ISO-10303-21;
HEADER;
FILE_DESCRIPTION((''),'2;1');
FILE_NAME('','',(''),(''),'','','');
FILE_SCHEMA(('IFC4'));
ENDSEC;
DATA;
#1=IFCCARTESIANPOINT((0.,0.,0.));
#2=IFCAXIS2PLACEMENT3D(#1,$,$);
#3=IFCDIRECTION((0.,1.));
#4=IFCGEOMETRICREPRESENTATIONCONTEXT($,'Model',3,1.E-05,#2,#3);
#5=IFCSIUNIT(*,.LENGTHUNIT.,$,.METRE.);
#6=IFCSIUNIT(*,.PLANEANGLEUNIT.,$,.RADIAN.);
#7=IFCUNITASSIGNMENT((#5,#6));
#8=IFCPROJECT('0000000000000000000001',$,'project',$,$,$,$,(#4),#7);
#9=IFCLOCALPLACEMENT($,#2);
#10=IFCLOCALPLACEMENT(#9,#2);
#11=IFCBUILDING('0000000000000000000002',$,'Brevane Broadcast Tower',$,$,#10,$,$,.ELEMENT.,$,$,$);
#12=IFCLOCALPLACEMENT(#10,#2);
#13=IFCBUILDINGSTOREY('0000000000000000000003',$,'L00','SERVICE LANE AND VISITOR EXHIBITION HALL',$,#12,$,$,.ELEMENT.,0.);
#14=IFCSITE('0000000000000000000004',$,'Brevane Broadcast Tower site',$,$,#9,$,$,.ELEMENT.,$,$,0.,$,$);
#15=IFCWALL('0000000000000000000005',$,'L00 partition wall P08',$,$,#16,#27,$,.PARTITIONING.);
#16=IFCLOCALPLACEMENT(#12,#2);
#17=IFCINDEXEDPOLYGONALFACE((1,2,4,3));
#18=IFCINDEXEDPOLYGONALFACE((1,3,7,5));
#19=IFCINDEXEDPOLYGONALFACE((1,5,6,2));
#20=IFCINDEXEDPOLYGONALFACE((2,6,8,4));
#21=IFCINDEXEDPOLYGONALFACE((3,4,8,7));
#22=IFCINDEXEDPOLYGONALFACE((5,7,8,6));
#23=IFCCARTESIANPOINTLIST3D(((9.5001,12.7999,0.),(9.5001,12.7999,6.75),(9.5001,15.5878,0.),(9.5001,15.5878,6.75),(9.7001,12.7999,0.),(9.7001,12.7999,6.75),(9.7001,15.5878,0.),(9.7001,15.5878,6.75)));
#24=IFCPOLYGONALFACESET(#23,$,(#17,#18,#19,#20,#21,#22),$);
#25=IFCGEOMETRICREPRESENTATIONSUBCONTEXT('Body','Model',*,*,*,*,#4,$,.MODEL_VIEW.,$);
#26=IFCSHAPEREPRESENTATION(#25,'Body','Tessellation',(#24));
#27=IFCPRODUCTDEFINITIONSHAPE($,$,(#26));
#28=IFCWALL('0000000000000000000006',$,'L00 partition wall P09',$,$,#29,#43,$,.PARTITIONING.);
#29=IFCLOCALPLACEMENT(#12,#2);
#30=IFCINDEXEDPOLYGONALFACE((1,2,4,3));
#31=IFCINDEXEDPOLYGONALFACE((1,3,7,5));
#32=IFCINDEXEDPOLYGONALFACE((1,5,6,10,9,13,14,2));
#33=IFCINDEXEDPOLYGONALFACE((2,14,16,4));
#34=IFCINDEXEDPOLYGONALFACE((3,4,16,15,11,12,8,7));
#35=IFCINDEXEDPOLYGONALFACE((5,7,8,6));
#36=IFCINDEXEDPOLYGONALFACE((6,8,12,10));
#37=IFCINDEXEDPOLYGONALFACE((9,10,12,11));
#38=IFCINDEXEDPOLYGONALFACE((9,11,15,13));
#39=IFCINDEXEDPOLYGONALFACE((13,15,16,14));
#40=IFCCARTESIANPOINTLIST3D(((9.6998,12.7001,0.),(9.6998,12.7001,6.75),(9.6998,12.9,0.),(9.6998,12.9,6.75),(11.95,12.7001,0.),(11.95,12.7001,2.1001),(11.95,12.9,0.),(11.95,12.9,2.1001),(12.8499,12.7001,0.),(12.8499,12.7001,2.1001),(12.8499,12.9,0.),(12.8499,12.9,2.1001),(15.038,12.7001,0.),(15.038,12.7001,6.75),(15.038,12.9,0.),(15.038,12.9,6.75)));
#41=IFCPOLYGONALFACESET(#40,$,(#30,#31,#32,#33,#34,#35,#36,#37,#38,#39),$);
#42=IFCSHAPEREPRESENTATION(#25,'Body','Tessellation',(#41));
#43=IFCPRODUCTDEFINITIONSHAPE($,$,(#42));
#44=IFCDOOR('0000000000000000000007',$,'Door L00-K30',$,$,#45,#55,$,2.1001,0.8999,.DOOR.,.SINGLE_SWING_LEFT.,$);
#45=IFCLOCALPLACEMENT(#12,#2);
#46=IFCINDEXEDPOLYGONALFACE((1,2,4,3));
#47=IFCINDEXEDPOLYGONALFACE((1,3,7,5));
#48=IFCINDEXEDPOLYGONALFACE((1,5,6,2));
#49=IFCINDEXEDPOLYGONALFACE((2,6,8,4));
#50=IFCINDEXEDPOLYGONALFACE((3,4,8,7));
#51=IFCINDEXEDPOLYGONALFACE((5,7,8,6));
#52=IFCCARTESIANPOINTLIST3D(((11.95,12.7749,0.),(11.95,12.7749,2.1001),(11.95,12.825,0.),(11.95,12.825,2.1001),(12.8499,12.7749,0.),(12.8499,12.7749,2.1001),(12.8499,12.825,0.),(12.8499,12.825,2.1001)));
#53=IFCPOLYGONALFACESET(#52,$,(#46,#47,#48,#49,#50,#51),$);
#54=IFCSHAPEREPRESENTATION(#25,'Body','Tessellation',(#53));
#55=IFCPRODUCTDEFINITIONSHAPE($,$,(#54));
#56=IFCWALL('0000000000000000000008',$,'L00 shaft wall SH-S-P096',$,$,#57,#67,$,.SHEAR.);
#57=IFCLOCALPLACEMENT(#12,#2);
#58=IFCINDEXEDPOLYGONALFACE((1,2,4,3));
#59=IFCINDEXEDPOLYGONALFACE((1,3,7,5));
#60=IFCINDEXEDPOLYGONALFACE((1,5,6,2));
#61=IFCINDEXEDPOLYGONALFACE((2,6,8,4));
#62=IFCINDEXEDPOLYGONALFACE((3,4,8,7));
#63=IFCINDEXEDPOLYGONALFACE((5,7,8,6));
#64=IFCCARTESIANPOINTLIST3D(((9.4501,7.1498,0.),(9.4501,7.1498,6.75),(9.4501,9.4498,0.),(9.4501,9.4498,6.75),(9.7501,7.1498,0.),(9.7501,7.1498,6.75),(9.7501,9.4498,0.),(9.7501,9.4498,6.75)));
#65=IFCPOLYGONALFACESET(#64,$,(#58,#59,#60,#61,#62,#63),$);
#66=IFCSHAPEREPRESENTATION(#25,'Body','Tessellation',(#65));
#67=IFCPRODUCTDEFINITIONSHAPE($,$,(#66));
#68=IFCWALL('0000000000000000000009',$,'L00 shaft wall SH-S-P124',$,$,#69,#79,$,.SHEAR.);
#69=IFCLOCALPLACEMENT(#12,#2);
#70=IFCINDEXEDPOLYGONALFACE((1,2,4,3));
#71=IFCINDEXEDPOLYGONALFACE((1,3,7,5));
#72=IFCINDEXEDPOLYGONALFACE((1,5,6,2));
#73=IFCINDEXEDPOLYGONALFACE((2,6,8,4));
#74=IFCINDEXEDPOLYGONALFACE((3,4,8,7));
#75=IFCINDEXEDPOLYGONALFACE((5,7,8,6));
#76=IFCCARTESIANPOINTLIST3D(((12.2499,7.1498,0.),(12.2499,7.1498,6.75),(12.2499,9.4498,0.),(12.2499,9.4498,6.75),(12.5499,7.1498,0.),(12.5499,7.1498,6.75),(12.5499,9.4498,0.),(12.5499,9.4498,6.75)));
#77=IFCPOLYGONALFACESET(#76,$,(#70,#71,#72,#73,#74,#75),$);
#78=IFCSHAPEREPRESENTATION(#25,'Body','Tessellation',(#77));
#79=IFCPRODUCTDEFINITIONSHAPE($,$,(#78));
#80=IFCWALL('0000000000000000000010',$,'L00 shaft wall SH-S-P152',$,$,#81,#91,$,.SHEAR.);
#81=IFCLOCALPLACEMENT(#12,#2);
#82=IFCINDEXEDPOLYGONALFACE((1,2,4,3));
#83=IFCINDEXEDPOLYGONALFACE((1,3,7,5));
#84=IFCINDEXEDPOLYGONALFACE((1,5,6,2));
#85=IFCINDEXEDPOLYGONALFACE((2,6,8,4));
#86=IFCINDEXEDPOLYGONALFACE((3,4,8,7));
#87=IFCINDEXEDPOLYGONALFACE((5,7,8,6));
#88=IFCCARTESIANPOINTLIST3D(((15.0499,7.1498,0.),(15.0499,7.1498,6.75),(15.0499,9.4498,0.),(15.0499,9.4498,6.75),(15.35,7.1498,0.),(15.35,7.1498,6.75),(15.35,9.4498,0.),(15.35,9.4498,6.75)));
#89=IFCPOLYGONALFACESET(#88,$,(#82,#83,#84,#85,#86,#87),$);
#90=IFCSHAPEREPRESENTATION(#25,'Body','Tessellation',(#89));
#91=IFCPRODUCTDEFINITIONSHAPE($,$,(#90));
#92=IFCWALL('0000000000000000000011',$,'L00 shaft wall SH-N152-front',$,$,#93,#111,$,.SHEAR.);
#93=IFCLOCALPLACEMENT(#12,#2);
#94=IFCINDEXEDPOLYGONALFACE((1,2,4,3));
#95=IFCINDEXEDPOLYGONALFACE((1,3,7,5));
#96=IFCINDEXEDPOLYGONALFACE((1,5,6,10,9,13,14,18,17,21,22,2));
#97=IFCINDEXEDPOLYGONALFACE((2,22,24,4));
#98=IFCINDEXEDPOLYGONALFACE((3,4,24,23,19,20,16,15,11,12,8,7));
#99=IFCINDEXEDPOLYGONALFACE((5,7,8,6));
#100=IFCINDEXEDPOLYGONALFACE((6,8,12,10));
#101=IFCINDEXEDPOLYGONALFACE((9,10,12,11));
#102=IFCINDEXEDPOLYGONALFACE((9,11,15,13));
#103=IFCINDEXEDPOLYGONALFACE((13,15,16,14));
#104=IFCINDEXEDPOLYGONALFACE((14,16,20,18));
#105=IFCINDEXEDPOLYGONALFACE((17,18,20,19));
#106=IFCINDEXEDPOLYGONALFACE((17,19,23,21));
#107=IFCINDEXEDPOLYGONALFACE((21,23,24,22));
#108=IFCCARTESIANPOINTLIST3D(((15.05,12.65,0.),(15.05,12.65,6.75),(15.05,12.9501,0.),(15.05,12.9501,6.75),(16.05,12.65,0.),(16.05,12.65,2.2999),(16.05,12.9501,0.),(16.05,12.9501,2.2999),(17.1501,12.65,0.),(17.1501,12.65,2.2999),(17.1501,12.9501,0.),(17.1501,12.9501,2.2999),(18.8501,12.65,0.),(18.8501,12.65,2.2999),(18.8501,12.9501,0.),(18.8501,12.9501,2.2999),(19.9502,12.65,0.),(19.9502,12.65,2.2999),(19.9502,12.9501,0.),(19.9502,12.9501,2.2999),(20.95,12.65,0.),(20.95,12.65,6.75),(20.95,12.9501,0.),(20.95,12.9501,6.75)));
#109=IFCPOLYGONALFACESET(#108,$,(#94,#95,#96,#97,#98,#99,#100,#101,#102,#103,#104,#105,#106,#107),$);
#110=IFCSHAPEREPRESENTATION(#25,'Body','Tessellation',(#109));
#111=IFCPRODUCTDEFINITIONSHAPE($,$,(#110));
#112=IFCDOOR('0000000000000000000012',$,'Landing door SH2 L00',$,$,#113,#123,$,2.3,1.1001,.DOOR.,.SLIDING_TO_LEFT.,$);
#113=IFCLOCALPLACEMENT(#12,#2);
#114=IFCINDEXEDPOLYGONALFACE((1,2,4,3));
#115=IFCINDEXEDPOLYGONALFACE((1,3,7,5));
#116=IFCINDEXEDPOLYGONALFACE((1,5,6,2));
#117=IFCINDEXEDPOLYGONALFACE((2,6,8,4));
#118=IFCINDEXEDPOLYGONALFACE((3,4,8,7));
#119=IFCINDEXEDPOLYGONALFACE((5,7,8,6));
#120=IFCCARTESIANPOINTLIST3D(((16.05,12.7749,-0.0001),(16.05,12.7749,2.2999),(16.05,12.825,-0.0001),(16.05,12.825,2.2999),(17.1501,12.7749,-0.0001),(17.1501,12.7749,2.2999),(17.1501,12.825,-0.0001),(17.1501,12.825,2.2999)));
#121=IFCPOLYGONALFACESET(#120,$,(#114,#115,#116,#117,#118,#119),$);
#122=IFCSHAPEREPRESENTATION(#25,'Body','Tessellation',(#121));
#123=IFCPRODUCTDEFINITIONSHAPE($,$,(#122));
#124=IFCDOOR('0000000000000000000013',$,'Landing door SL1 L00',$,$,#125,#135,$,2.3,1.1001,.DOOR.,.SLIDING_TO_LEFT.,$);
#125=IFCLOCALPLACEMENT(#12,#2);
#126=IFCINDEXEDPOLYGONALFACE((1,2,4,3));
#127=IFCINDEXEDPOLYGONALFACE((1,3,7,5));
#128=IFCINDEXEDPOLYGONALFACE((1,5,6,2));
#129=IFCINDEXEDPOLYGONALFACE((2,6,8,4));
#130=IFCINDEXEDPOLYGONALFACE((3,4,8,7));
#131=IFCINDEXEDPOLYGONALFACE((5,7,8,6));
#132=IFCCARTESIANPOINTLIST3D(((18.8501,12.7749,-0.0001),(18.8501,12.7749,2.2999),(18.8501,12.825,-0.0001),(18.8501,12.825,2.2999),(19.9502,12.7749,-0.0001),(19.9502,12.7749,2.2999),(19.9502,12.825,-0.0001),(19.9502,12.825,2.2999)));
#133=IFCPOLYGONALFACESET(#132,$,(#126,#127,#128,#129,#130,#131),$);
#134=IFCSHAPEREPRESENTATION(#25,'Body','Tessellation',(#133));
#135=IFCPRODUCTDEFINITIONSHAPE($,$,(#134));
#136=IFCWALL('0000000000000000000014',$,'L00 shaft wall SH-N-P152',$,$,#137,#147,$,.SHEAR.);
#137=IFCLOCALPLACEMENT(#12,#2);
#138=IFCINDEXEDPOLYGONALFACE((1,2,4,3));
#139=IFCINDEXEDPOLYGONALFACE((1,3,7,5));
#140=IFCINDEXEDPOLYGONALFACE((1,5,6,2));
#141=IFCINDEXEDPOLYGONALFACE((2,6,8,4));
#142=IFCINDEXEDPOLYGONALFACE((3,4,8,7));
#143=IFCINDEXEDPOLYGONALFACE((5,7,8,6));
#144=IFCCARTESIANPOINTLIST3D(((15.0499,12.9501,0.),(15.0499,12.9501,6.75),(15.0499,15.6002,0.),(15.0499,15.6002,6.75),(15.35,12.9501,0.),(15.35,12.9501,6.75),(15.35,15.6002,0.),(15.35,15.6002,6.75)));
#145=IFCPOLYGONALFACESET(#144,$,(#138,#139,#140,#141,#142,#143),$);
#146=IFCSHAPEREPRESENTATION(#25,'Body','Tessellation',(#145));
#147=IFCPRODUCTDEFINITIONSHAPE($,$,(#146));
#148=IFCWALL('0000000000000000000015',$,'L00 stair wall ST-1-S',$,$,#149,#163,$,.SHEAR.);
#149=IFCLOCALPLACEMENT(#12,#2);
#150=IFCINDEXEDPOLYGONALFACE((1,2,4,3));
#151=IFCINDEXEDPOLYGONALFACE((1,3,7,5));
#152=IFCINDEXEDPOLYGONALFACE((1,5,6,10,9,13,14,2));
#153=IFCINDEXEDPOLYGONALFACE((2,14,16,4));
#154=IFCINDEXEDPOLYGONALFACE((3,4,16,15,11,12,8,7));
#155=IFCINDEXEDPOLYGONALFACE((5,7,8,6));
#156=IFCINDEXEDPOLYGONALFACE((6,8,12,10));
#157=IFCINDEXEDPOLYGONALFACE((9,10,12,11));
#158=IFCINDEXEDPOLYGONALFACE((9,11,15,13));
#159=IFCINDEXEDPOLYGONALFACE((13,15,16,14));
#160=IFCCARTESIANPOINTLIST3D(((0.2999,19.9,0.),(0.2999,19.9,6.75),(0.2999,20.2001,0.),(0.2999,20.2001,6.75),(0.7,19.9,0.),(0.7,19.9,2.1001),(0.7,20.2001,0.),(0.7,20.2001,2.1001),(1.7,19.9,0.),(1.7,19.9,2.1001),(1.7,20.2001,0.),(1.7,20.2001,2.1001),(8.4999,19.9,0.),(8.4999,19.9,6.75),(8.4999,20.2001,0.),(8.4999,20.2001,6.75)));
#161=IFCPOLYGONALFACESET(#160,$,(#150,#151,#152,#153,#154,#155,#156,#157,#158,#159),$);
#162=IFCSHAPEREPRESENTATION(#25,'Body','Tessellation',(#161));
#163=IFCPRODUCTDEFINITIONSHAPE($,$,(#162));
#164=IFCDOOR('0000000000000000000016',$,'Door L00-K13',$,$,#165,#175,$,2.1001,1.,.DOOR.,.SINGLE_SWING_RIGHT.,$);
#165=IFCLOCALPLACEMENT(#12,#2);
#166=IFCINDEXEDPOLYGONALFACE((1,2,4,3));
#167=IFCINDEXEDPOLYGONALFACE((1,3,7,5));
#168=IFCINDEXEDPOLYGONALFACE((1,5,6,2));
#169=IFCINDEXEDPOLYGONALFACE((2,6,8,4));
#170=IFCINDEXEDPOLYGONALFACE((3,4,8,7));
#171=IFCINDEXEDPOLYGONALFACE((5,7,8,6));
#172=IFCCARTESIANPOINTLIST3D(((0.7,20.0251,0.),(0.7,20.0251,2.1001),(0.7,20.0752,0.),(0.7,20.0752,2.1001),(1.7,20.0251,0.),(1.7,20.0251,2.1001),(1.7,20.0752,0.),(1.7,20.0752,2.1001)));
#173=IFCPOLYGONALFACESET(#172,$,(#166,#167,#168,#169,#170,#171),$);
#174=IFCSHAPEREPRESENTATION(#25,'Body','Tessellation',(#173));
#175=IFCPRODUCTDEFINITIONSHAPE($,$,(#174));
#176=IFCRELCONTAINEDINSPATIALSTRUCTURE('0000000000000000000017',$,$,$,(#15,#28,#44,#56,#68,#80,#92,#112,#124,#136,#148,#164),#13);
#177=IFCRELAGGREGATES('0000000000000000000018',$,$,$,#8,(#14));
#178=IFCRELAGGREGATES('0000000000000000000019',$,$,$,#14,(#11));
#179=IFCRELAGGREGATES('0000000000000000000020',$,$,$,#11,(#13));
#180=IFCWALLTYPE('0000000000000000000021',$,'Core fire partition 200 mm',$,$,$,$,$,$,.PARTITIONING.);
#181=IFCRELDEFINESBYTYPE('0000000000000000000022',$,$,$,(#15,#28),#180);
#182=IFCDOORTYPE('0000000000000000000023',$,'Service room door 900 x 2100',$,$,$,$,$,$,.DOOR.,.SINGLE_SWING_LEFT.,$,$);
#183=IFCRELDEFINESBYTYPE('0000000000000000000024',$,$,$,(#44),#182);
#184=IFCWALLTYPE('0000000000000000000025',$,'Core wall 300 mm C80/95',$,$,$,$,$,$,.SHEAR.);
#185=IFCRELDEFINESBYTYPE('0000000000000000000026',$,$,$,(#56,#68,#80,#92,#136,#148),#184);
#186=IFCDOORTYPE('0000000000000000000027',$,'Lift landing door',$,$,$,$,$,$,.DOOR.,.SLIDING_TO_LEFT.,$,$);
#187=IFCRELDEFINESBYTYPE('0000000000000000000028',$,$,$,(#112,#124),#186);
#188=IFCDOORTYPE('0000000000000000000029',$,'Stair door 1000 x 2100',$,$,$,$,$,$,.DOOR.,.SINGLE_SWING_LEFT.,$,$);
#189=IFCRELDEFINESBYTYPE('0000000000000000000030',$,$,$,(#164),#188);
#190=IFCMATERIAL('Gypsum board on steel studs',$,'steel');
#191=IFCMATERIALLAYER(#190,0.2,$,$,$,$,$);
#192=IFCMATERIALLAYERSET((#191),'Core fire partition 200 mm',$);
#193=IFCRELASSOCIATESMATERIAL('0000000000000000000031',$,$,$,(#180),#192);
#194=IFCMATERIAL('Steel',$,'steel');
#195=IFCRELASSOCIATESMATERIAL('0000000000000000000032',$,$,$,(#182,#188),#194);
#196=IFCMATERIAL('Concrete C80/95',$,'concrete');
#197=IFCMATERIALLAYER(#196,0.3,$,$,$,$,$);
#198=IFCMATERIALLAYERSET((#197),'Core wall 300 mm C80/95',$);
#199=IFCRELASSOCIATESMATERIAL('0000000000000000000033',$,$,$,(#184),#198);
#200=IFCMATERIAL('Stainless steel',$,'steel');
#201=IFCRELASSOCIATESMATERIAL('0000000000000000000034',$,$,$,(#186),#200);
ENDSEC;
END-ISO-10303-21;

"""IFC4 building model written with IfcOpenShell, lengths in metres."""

from ifc_helpers import new_model, si_unit, direction, frame, frame_2d, origin, place, context, subcontext, project, spatial, rectangle, extrude, material, layer, layer_set, type_object, element, fill, save


model = new_model("IFC4")

# Units and contexts
model_context = context("Model", 3, precision=1e-05, world=origin(), true_north=direction((0.0, 1.0)))
body_context = subcontext(model_context, "Body", "Model", "MODEL_VIEW")
ifc_project = project(units=[si_unit("LENGTHUNIT", "METRE"), si_unit("PLANEANGLEUNIT", "RADIAN")], contexts=[model_context])

# Site, building, storey
site_placement = place(None, origin())
site = spatial("IfcSite", under=ifc_project, at=site_placement, Name="Brevane Broadcast Tower site", CompositionType="ELEMENT", RefElevation=0.0)
building_placement = place(site_placement, origin())
building = spatial("IfcBuilding", under=site, at=building_placement, Name="Brevane Broadcast Tower", CompositionType="ELEMENT")
storey_placement = place(building_placement, origin())
storey = spatial("IfcBuildingStorey", under=building, at=storey_placement, Name="L00", Description="SERVICE LANE AND VISITOR EXHIBITION HALL", CompositionType="ELEMENT", Elevation=0.0)

# Wall
ifc_material_1 = material(Name="Gypsum board on steel studs", Category="steel")
ifc_layer_1 = layer(ifc_material_1, 0.2)
ifc_layer_set_1 = layer_set([ifc_layer_1], Name="Core fire partition 200 mm")
wall_type_1 = type_object("IfcWallType", Name="Core fire partition 200 mm", PredefinedType="PARTITIONING", material=ifc_layer_set_1)
wall_1_placement = place(storey_placement, frame((9.6001, 15.5879, 0.0), z_axis=(0.0, 0.0, 1.0), x_axis=(0.0, -1.0, 0.0)))
element("IfcWall", 1, at=wall_1_placement, inside=storey, type_object=wall_type_1, Name="L00 partition wall P08", PredefinedType="PARTITIONING", context=body_context, shape_type="SweptSolid", body=[
    extrude(rectangle(XDim=2.7878, YDim=0.2, at=frame_2d((1.394, 0.0))), origin(), (0.0, 0.0, 1.0), 6.75),
])

# Wall, opening, door
wall_2_placement = place(storey_placement, frame((9.7, 12.8, 0.0), z_axis=(0.0, 0.0, 1.0), x_axis=(1.0, 0.0, 0.0)))
wall_2 = element("IfcWall", 2, at=wall_2_placement, inside=storey, type_object=wall_type_1, Name="L00 partition wall P09", PredefinedType="PARTITIONING", context=body_context, shape_type="SweptSolid", body=[
    extrude(rectangle(XDim=5.3381, YDim=0.2, at=frame_2d((2.6689, 0.0))), origin(), (0.0, 0.0, 1.0), 6.75),
])
opening_1_placement = place(wall_2_placement, frame((2.25, 0.0, 0.0)))
opening_1 = element("IfcOpeningElement", 3, at=opening_1_placement, cuts=wall_2, PredefinedType="OPENING", context=body_context, shape_type="SweptSolid", body=[
    extrude(rectangle(XDim=0.8999, YDim=2.1001, at=frame_2d((0.45, 1.05))), frame((0.0, 0.1099, 0.0), z_axis=(0.0, -1.0, 0.0), x_axis=(1.0, 0.0, 0.0)), (0.0, 0.0, 1.0), 0.22),
])
ifc_material_2 = material(Name="Steel", Category="steel")
door_type_1 = type_object("IfcDoorType", Name="Service room door 900 x 2100", OperationType="SINGLE_SWING_LEFT", PredefinedType="DOOR", material=ifc_material_2)
door_1_placement = place(opening_1_placement, origin())
door_1 = element("IfcDoor", 4, at=door_1_placement, inside=storey, type_object=door_type_1, Name="Door L00-K30", OperationType="SINGLE_SWING_LEFT", OverallHeight=2.1001, OverallWidth=0.8999, PredefinedType="DOOR", context=body_context, shape_type="SweptSolid", body=[
    extrude(rectangle(XDim=0.8999, YDim=2.1001, at=frame_2d((0.45, 1.05))), frame((0.0, 0.0249, 0.0), z_axis=(0.0, -1.0, 0.0), x_axis=(1.0, 0.0, 0.0)), (0.0, 0.0, 1.0), 0.05),
])
fill(opening_1, door_1)

# Walls
ifc_material_3 = material(Name="Concrete C80/95", Category="concrete")
ifc_layer_2 = layer(ifc_material_3, 0.3)
ifc_layer_set_2 = layer_set([ifc_layer_2], Name="Core wall 300 mm C80/95")
wall_type_2 = type_object("IfcWallType", Name="Core wall 300 mm C80/95", PredefinedType="SHEAR", material=ifc_layer_set_2)
for number, where, z_axis, x_axis, name in (
    (5, (9.6001, 7.1499, 0.0), (0.0, 0.0, 1.0), (0.0, 1.0, 0.0), "L00 shaft wall SH-S-P096"),
    (6, (12.3999, 7.1499, 0.0), (0.0, 0.0, 1.0), (0.0, 1.0, 0.0), "L00 shaft wall SH-S-P124"),
    (7, (15.2, 7.1499, 0.0), (0.0, 0.0, 1.0), (0.0, 1.0, 0.0), "L00 shaft wall SH-S-P152"),
):
    element("IfcWall", number, at=place(storey_placement, frame(where, z_axis=z_axis, x_axis=x_axis)), inside=storey, type_object=wall_type_2, Name=name, PredefinedType="SHEAR", context=body_context, shape_type="SweptSolid", body=[
        extrude(rectangle(XDim=2.3, YDim=0.3, at=frame_2d((1.1499, 0.0))), origin(), (0.0, 0.0, 1.0), 6.75),
    ])

# Wall, openings, doors
wall_3_placement = place(storey_placement, frame((15.05, 12.8, 0.0), z_axis=(0.0, 0.0, 1.0), x_axis=(1.0, 0.0, 0.0)))
wall_3 = element("IfcWall", 8, at=wall_3_placement, inside=storey, type_object=wall_type_2, Name="L00 shaft wall SH-N152-front", PredefinedType="SHEAR", context=body_context, shape_type="SweptSolid", body=[
    extrude(rectangle(XDim=5.8999, YDim=0.3, at=frame_2d((2.95, 0.0))), origin(), (0.0, 0.0, 1.0), 6.75),
])
opening_2_placement = place(wall_3_placement, frame((1.0, 0.0, 0.0)))
opening_2 = element("IfcOpeningElement", 9, at=opening_2_placement, cuts=wall_3, PredefinedType="OPENING", context=body_context, shape_type="SweptSolid", body=[
    extrude(rectangle(XDim=1.1001, YDim=2.3, at=frame_2d((0.55, 1.1499))), frame((0.0, 0.1599, 0.0), z_axis=(0.0, -1.0, 0.0), x_axis=(1.0, 0.0, 0.0)), (0.0, 0.0, 1.0), 0.3201),
])
opening_3_placement = place(wall_3_placement, frame((3.8, 0.0, 0.0)))
opening_3 = element("IfcOpeningElement", 10, at=opening_3_placement, cuts=wall_3, PredefinedType="OPENING", context=body_context, shape_type="SweptSolid", body=[
    extrude(rectangle(XDim=1.1001, YDim=2.3, at=frame_2d((0.55, 1.1499))), frame((0.0, 0.1599, 0.0), z_axis=(0.0, -1.0, 0.0), x_axis=(1.0, 0.0, 0.0)), (0.0, 0.0, 1.0), 0.3201),
])
ifc_material_4 = material(Name="Stainless steel", Category="steel")
door_type_2 = type_object("IfcDoorType", Name="Lift landing door", OperationType="SLIDING_TO_LEFT", PredefinedType="DOOR", material=ifc_material_4)
door_2_placement = place(opening_2_placement, origin())
door_2 = element("IfcDoor", 11, at=door_2_placement, inside=storey, type_object=door_type_2, Name="Landing door SH2 L00", OperationType="SLIDING_TO_LEFT", OverallHeight=2.3, OverallWidth=1.1001, PredefinedType="DOOR", context=body_context, shape_type="SweptSolid", body=[
    extrude(rectangle(XDim=1.1001, YDim=2.3, at=frame_2d((0.55, 1.1499))), frame((0.0, 0.0249, 0.0), z_axis=(0.0, -1.0, 0.0), x_axis=(1.0, 0.0, 0.0)), (0.0, 0.0, 1.0), 0.05),
])
fill(opening_2, door_2)
door_3_placement = place(opening_3_placement, origin())
door_3 = element("IfcDoor", 12, at=door_3_placement, inside=storey, type_object=door_type_2, Name="Landing door SL1 L00", OperationType="SLIDING_TO_LEFT", OverallHeight=2.3, OverallWidth=1.1001, PredefinedType="DOOR", context=body_context, shape_type="SweptSolid", body=[
    extrude(rectangle(XDim=1.1001, YDim=2.3, at=frame_2d((0.55, 1.1499))), frame((0.0, 0.0249, 0.0), z_axis=(0.0, -1.0, 0.0), x_axis=(1.0, 0.0, 0.0)), (0.0, 0.0, 1.0), 0.05),
])
fill(opening_3, door_3)

# Wall
wall_4_placement = place(storey_placement, frame((15.2, 12.95, 0.0), z_axis=(0.0, 0.0, 1.0), x_axis=(0.0, 1.0, 0.0)))
element("IfcWall", 13, at=wall_4_placement, inside=storey, type_object=wall_type_2, Name="L00 shaft wall SH-N-P152", PredefinedType="SHEAR", context=body_context, shape_type="SweptSolid", body=[
    extrude(rectangle(XDim=2.6501, YDim=0.3, at=frame_2d((1.3252, 0.0))), origin(), (0.0, 0.0, 1.0), 6.75),
])

# Wall, opening, door
wall_5_placement = place(storey_placement, frame((8.5, 20.05, 0.0), z_axis=(0.0, 0.0, 1.0), x_axis=(-1.0, 0.0, 0.0)))
wall_5 = element("IfcWall", 14, at=wall_5_placement, inside=storey, type_object=wall_type_2, Name="L00 stair wall ST-1-S", PredefinedType="SHEAR", context=body_context, shape_type="SweptSolid", body=[
    extrude(rectangle(XDim=8.2, YDim=0.3, at=frame_2d((4.1001, 0.0))), origin(), (0.0, 0.0, 1.0), 6.75),
])
opening_4_placement = place(wall_5_placement, frame((6.8, 0.0, 0.0)))
opening_4 = element("IfcOpeningElement", 15, at=opening_4_placement, cuts=wall_5, PredefinedType="OPENING", context=body_context, shape_type="SweptSolid", body=[
    extrude(rectangle(XDim=1.0, YDim=2.1001, at=frame_2d((0.5, 1.05))), frame((0.0, 0.1599, 0.0), z_axis=(0.0, -1.0, 0.0), x_axis=(1.0, 0.0, 0.0)), (0.0, 0.0, 1.0), 0.3201),
])
door_type_3 = type_object("IfcDoorType", Name="Stair door 1000 x 2100", OperationType="SINGLE_SWING_LEFT", PredefinedType="DOOR", material=ifc_material_2)
door_4_placement = place(opening_4_placement, origin())
door_4 = element("IfcDoor", 16, at=door_4_placement, inside=storey, type_object=door_type_3, Name="Door L00-K13", OperationType="SINGLE_SWING_RIGHT", OverallHeight=2.1001, OverallWidth=1.0, PredefinedType="DOOR", context=body_context, shape_type="SweptSolid", body=[
    extrude(rectangle(XDim=1.0, YDim=2.1001, at=frame_2d((0.5, 1.05))), frame((0.0, 0.0249, 0.0), z_axis=(0.0, -1.0, 0.0), x_axis=(1.0, 0.0, 0.0)), (0.0, 0.0, 1.0), 0.05),
])
fill(opening_4, door_4)

save(model, "model.ifc")
